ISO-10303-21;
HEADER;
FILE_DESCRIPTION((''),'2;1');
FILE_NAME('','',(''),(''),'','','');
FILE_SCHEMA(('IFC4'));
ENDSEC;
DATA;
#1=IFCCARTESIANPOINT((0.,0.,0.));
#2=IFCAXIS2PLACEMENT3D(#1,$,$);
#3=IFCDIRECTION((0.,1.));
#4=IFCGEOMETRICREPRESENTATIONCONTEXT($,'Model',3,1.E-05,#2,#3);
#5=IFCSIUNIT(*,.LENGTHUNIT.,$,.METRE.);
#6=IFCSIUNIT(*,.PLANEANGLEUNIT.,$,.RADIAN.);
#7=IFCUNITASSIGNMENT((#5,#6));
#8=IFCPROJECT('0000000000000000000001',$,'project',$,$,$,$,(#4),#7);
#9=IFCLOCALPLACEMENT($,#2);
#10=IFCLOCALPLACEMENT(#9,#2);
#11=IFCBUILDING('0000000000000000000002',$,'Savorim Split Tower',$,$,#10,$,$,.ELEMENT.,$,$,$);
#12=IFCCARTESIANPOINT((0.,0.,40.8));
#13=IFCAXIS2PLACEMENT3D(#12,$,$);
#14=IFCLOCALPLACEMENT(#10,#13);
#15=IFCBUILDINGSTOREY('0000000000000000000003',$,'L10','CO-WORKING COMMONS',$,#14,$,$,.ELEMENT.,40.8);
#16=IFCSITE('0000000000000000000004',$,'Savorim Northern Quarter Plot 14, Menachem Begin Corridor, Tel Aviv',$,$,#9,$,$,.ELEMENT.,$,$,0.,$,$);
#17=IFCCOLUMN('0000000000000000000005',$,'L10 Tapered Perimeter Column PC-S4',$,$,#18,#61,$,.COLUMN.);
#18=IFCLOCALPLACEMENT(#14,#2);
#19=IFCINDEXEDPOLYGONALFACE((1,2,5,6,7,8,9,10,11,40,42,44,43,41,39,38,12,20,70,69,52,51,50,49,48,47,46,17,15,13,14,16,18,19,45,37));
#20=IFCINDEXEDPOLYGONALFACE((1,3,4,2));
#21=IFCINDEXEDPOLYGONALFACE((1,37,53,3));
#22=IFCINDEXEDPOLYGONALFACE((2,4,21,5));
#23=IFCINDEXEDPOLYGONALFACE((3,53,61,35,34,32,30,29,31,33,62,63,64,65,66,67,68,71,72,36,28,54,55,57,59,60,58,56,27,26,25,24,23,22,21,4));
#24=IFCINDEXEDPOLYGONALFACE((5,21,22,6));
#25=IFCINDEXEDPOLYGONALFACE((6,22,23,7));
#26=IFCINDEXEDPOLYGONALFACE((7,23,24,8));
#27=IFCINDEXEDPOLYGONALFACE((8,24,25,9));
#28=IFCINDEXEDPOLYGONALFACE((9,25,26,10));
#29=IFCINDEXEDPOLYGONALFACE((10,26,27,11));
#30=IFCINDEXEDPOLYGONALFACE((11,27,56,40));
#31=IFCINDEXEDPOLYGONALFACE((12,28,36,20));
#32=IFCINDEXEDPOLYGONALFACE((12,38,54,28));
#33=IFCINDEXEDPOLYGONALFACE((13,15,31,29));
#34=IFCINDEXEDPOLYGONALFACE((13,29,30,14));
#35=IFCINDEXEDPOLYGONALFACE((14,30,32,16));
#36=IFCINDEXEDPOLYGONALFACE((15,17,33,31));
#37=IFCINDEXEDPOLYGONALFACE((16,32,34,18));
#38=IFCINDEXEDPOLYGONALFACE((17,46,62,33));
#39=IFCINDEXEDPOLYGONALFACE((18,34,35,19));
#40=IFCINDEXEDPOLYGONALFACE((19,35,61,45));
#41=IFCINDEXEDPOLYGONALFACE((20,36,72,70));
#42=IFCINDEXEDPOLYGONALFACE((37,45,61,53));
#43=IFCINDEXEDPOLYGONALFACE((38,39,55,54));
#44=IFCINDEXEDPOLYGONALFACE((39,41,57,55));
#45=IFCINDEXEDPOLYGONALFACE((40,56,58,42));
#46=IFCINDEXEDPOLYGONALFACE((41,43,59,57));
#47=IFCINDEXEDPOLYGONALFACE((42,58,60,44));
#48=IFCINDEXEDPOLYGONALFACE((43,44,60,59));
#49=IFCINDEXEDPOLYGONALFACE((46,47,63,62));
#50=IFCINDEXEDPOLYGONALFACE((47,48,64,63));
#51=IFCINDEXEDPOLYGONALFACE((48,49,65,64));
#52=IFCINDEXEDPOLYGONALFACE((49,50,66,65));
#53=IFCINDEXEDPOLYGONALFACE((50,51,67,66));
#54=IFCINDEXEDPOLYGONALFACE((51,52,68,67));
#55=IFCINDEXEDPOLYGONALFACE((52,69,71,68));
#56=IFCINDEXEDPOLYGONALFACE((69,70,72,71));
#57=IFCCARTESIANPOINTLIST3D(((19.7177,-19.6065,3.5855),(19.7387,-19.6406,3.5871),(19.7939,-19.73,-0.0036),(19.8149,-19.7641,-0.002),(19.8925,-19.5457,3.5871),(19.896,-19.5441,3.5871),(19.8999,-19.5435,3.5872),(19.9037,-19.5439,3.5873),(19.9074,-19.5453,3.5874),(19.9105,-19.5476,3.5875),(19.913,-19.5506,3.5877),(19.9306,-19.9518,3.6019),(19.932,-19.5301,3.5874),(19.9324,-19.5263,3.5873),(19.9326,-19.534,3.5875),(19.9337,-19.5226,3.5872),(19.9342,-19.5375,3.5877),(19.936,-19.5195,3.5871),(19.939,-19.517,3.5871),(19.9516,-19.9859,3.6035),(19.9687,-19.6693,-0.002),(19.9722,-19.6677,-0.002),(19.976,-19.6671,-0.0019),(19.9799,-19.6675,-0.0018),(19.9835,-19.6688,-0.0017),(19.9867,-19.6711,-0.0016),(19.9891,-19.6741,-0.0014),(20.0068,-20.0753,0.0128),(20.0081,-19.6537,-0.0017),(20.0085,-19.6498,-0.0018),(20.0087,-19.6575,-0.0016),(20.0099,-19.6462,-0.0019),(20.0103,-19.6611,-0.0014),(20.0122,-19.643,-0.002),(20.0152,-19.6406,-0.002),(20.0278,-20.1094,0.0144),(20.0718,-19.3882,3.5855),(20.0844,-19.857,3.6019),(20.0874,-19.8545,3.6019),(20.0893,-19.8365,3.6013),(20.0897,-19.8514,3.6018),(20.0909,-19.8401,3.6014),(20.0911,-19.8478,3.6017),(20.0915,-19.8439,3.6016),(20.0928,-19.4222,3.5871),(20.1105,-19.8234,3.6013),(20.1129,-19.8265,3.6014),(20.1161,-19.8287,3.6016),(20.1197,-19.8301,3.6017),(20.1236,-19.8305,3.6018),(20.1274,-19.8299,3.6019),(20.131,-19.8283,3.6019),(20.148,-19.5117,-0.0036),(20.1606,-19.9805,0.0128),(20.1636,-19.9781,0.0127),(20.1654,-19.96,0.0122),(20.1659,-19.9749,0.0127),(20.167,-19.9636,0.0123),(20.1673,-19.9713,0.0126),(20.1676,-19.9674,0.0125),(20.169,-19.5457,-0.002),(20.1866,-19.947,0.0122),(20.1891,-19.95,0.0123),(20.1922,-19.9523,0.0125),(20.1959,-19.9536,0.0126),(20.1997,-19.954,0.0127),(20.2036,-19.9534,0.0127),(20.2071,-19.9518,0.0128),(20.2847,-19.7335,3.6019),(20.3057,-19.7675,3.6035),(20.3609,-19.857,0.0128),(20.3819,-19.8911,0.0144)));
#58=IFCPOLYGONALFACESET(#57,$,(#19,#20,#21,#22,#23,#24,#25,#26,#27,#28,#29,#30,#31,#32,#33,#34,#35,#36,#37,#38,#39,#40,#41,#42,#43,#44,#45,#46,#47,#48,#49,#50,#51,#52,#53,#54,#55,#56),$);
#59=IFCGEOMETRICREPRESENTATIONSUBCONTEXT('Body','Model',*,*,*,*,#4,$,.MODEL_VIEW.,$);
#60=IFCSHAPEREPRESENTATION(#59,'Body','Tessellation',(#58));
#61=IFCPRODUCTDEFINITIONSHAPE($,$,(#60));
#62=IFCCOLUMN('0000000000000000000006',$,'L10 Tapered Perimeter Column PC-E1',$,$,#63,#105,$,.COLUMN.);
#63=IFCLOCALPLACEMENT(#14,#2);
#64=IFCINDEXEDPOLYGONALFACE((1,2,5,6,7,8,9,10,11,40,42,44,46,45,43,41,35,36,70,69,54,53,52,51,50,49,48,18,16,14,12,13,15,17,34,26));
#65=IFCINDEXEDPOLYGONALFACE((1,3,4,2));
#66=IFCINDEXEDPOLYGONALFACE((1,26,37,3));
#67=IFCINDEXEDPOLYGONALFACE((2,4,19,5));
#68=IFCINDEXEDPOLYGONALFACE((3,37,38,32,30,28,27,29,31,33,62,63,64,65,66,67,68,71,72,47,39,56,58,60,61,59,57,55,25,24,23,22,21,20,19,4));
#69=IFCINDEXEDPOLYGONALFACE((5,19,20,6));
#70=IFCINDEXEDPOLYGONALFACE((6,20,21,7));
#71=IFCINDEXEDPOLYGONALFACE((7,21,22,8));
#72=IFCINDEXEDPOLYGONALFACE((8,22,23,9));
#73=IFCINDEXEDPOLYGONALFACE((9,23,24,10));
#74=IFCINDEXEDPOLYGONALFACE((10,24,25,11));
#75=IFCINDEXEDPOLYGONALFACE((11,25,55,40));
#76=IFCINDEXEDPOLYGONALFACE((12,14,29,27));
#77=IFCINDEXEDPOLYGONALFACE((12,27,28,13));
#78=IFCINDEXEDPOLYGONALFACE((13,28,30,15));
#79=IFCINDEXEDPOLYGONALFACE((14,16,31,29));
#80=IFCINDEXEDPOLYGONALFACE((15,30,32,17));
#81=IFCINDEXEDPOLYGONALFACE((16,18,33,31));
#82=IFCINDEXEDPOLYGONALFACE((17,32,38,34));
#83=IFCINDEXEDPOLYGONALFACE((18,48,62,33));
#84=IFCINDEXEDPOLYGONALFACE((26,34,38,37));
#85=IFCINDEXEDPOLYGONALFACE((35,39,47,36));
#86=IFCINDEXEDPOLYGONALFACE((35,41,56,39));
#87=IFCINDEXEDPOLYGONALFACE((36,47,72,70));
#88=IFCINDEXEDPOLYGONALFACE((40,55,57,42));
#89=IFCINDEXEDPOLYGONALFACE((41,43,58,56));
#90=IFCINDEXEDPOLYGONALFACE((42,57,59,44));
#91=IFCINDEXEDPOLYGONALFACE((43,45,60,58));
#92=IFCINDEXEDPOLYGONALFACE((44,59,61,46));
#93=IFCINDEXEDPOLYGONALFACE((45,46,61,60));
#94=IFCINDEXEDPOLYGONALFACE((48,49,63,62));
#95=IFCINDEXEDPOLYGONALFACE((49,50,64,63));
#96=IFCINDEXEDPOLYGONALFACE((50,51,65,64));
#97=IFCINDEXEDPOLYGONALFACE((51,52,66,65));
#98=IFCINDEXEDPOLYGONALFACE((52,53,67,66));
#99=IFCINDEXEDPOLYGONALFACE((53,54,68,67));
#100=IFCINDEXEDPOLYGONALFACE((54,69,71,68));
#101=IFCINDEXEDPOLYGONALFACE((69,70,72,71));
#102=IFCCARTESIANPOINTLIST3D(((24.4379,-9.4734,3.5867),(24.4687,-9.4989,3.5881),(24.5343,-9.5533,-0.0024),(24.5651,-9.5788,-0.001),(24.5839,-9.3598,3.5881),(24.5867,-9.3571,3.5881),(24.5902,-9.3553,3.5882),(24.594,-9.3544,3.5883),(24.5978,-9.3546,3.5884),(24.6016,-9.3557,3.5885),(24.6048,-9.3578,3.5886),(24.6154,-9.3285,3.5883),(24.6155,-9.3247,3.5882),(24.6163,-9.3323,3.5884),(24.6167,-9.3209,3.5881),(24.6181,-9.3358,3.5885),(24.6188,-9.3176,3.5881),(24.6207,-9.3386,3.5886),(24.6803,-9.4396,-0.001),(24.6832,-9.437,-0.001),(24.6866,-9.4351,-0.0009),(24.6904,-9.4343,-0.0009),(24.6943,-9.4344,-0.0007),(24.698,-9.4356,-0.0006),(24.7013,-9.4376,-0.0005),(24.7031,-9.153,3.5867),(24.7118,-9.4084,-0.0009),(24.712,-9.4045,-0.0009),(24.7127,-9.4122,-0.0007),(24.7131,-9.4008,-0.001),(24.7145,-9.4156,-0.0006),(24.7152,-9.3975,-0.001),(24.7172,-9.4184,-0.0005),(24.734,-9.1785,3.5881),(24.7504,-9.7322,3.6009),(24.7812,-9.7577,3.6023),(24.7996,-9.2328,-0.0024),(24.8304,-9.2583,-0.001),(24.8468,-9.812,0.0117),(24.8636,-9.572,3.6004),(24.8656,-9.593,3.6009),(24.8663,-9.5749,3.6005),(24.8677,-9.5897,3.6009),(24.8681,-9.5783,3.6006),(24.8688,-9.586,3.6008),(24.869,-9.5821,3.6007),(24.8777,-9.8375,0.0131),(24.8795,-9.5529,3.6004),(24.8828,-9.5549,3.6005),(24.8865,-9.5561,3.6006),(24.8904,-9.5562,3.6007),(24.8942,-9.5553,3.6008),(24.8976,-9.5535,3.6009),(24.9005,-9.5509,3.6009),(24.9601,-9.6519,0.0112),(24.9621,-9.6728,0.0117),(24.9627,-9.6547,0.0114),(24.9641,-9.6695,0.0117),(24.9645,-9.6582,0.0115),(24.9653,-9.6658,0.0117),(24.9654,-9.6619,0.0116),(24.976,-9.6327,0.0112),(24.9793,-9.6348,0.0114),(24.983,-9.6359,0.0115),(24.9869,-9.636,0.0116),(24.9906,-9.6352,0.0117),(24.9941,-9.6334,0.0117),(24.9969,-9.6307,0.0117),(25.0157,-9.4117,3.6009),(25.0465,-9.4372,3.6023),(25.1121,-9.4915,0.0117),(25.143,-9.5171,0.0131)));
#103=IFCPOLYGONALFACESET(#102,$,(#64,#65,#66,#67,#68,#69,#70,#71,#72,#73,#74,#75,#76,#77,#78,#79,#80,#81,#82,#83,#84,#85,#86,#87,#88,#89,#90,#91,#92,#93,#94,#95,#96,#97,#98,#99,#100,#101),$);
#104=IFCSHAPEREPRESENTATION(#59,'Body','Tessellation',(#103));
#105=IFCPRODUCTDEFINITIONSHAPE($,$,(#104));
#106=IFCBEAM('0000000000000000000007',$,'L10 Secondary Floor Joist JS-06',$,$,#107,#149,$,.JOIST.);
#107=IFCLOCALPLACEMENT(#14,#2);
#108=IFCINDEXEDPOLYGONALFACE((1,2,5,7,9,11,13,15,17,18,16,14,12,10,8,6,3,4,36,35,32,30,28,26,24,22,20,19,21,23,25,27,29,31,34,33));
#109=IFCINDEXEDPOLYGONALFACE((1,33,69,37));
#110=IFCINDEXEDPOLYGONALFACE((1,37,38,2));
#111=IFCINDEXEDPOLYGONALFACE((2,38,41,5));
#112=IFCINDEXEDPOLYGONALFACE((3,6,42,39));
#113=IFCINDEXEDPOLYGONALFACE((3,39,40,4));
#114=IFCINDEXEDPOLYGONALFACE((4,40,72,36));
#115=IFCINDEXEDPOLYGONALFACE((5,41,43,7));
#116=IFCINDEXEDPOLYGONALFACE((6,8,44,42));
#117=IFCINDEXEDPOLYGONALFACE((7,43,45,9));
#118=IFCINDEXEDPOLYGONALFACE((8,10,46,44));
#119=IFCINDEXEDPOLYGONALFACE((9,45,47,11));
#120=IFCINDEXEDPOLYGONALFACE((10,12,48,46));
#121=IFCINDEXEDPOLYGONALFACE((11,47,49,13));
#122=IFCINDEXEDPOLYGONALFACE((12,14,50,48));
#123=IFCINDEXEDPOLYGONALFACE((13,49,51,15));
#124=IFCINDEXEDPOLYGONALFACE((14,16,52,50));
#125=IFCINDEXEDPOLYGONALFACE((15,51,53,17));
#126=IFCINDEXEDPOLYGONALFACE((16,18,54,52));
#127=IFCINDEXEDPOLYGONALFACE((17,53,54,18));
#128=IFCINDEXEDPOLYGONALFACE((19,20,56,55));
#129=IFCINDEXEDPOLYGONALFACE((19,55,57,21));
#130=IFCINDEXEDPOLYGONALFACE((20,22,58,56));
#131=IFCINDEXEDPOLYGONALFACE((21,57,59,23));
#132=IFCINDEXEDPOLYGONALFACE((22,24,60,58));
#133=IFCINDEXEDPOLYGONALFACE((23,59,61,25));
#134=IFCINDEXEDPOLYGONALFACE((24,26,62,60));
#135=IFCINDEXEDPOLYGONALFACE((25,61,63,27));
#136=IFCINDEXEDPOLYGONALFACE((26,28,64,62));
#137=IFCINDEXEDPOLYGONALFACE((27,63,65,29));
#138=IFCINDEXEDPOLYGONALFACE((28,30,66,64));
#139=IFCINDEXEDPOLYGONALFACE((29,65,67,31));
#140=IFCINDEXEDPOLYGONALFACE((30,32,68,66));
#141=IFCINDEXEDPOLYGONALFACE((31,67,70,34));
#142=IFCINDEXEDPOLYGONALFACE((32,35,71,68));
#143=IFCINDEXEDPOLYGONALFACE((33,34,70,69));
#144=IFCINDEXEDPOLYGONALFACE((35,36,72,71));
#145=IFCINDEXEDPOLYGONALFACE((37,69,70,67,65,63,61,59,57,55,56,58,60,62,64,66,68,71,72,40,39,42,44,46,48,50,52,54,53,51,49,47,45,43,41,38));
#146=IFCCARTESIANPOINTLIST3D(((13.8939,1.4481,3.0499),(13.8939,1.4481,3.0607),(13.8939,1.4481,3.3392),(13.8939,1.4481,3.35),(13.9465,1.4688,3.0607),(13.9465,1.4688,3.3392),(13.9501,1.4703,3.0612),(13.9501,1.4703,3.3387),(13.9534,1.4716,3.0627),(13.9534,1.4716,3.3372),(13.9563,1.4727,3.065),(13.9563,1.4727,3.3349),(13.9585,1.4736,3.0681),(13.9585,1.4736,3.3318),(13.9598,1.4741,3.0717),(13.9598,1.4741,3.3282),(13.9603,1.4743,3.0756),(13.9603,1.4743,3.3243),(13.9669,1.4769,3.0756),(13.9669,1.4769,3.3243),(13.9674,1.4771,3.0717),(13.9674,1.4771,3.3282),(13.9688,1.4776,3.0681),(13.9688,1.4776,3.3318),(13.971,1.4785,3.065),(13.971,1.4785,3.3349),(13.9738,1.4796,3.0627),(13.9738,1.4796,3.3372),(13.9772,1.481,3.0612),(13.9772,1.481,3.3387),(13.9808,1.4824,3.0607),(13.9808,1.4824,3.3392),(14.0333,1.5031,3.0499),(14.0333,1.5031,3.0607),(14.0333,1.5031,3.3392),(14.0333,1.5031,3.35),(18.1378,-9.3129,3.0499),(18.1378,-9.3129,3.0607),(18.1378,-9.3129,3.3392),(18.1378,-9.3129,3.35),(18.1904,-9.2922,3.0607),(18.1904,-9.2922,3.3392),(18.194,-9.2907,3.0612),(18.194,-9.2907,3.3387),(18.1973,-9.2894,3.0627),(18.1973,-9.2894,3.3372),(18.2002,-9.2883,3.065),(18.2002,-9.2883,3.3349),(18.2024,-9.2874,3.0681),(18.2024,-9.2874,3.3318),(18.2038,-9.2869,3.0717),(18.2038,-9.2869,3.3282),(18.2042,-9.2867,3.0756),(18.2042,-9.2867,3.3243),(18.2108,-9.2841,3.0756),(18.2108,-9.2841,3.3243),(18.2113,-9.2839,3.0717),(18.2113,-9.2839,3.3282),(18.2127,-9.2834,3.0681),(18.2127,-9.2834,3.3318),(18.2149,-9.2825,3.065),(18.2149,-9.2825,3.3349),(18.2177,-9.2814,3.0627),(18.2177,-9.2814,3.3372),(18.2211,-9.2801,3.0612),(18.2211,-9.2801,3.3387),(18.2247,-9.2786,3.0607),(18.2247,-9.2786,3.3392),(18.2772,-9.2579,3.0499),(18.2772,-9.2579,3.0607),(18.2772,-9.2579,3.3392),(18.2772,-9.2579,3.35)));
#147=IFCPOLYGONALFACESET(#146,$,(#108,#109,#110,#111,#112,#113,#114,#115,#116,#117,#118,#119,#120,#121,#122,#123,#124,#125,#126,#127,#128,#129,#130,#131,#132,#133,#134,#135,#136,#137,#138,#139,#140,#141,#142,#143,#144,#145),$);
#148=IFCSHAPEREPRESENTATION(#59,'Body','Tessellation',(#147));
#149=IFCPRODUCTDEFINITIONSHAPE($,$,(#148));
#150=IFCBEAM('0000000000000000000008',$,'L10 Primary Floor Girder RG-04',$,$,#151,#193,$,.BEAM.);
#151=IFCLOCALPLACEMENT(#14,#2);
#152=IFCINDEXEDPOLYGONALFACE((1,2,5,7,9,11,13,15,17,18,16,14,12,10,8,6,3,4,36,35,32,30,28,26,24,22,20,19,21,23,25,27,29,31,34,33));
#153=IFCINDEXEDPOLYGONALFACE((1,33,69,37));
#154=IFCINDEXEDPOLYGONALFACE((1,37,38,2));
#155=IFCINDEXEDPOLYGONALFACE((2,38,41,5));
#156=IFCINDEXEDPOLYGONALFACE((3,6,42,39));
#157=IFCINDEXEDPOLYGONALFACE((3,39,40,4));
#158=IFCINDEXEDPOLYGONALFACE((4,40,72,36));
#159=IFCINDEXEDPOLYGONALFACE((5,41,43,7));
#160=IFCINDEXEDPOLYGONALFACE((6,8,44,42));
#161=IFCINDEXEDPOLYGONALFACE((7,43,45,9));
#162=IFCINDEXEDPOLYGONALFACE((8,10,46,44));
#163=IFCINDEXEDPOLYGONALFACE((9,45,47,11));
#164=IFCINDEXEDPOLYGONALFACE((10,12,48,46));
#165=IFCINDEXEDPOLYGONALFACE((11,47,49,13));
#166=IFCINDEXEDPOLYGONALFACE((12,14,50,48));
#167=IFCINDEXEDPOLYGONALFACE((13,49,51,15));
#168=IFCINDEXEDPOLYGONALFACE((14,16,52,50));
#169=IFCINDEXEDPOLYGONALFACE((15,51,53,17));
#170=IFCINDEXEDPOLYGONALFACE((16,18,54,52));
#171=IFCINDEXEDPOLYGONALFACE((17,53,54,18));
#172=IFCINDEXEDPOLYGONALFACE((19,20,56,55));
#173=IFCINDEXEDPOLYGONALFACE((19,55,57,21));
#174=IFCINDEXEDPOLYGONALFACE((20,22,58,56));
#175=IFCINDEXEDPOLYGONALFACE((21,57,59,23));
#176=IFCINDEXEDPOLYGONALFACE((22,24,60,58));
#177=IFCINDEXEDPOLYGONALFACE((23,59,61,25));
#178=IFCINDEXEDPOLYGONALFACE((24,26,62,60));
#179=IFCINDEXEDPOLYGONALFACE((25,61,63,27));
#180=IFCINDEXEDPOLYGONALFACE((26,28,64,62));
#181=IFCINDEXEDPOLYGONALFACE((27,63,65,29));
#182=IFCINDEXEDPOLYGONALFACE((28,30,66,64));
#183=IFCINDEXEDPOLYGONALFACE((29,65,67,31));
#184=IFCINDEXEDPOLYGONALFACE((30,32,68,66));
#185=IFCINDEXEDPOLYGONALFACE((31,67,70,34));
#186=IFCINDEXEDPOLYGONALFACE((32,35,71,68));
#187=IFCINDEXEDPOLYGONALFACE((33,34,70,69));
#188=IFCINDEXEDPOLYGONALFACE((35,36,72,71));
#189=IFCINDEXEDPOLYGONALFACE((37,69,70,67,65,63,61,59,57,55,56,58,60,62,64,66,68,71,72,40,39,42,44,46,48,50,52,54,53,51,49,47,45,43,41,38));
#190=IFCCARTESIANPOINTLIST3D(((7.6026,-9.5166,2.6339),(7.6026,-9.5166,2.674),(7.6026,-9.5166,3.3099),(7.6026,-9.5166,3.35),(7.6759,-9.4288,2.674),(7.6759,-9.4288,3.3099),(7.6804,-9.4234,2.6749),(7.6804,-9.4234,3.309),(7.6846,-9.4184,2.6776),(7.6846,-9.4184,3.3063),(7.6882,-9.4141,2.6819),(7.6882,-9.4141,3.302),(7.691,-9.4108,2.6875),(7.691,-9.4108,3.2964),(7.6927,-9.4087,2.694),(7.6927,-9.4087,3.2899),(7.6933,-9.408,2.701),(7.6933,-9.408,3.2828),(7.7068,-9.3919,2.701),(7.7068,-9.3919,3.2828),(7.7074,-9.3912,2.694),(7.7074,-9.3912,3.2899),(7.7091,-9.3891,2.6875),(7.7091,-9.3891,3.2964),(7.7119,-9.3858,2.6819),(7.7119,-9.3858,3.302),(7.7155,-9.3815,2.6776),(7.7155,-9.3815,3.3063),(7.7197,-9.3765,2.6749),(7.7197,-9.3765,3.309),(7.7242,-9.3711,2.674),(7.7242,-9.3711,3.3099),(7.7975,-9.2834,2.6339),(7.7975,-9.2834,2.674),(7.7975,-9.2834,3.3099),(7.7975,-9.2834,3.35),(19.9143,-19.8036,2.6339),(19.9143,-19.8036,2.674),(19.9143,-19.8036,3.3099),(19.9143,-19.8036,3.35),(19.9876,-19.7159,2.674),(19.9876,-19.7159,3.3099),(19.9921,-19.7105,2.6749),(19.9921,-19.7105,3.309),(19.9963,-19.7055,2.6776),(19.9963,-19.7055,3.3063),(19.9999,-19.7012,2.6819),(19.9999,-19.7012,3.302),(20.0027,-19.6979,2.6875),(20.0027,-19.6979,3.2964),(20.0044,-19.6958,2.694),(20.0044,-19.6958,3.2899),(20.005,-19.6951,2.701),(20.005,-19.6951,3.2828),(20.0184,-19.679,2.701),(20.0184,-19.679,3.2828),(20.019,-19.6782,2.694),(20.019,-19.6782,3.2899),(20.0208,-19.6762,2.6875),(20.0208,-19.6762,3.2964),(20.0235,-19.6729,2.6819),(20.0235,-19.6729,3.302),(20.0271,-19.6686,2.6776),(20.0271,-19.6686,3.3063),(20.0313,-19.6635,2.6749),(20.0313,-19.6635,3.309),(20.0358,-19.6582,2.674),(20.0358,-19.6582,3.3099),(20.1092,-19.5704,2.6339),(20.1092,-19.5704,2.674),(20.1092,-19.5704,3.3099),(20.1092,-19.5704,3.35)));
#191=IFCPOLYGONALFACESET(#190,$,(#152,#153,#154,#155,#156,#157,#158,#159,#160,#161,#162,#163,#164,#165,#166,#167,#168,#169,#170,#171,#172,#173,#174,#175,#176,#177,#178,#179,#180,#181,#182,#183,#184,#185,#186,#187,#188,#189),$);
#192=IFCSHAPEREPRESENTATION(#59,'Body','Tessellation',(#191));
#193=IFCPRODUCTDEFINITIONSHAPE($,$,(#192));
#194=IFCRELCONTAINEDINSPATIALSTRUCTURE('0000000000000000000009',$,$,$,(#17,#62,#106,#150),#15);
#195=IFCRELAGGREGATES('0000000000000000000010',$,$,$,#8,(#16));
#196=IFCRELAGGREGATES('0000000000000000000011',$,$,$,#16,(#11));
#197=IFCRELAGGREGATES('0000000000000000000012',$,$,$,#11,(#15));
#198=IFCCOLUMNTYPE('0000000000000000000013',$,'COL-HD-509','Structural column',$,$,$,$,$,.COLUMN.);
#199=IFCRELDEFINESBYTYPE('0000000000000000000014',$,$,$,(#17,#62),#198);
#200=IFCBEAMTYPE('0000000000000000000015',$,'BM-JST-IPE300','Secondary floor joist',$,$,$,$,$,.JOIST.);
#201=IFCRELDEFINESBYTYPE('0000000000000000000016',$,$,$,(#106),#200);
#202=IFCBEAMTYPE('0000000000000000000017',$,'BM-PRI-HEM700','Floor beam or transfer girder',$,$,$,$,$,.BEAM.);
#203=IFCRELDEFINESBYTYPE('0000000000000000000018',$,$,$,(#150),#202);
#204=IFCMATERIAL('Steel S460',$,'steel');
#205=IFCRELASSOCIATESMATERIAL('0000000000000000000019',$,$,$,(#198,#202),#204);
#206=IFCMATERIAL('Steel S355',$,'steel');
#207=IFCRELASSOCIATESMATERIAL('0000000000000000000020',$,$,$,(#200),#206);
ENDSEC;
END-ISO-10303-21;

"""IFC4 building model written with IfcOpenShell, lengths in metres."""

from ifc_helpers import new_model, si_unit, direction, frame, origin, origin_2d, place, context, subcontext, project, spatial, i_section, extrude, material, material_profile, profile_set, type_object, element, save


model = new_model("IFC4")

# Units and contexts
model_context = context("Model", 3, precision=1e-05, world=origin(), true_north=direction((0.0, 1.0)))
body_context = subcontext(model_context, "Body", "Model", "MODEL_VIEW")
ifc_project = project(units=[si_unit("LENGTHUNIT", "METRE"), si_unit("PLANEANGLEUNIT", "RADIAN")], contexts=[model_context])

# Site, building, storey
site_placement = place(None, origin())
site = spatial("IfcSite", under=ifc_project, at=site_placement, Name="Savorim Northern Quarter Plot 14, Menachem Begin Corridor, Tel Aviv", CompositionType="ELEMENT", RefElevation=0.0)
building_placement = place(site_placement, origin())
building = spatial("IfcBuilding", under=site, at=building_placement, Name="Savorim Split Tower", CompositionType="ELEMENT")
storey_placement = place(building_placement, frame((0.0, 0.0, 40.8)))
storey = spatial("IfcBuildingStorey", under=building, at=storey_placement, Name="L10", Description="CO-WORKING COMMONS", CompositionType="ELEMENT", Elevation=40.8)

# Columns
ifc_material_1 = material(Name="Steel S460", Category="steel")
ifc_material_profile_1 = material_profile(ifc_material_1, i_section(OverallWidth=0.416, OverallDepth=0.446, WebThickness=0.0249, FlangeThickness=0.04, FilletRadius=0.0149, at=origin_2d()), Name="HD 400x509")
ifc_profile_set_1 = profile_set([ifc_material_profile_1], Name="Steel S460")
column_type = type_object("IfcColumnType", Name="COL-HD-509", Description="Structural column", PredefinedType="COLUMN", material=ifc_profile_set_1)
column_1_placement = place(storey_placement, frame((20.0879, -19.8105, 0.0054), z_axis=(-0.021206, 0.034391, 0.999183), x_axis=(-0.851196, -0.524848, 0.0)))
element("IfcColumn", 1, at=column_1_placement, inside=storey, type_object=column_type, Name="L10 Tapered Perimeter Column PC-S4", PredefinedType="COLUMN", context=body_context, shape_type="SweptSolid", body=[
    extrude(i_section(OverallWidth=0.416, OverallDepth=0.446, WebThickness=0.0249, FlangeThickness=0.04, FilletRadius=0.0149, at=origin_2d()), origin(), (0.0, 0.0, 1.0), 3.592),
])
column_2_placement = place(storey_placement, frame((24.8386, -9.5352, 0.0054), z_axis=(-0.026853, 0.02223, 0.999392), x_axis=(-0.637687, -0.770295, 0.0)))
element("IfcColumn", 2, at=column_2_placement, inside=storey, type_object=column_type, Name="L10 Tapered Perimeter Column PC-E1", PredefinedType="COLUMN", context=body_context, shape_type="SweptSolid", body=[
    extrude(i_section(OverallWidth=0.416, OverallDepth=0.446, WebThickness=0.0249, FlangeThickness=0.04, FilletRadius=0.0149, at=origin_2d()), origin(), (0.0, 0.0, 1.0), 3.5913),
])

# Beams
ifc_material_2 = material(Name="Steel S355", Category="steel")
ifc_material_profile_2 = material_profile(ifc_material_2, i_section(OverallWidth=0.1499, OverallDepth=0.3, WebThickness=0.0071, FlangeThickness=0.0107, FilletRadius=0.0149, at=origin_2d()), Name="IPE 300")
ifc_profile_set_2 = profile_set([ifc_material_profile_2], Name="Steel S355")
beam_type_1 = type_object("IfcBeamType", Name="BM-JST-IPE300", Description="Secondary floor joist", PredefinedType="JOIST", material=ifc_profile_set_2)
beam_1_placement = place(storey_placement, frame((18.2075, -9.2854, 3.2), z_axis=(-0.366878, 0.930269, 0.0), x_axis=(-0.930269, -0.366878, 0.0)))
element("IfcBeam", 3, at=beam_1_placement, inside=storey, type_object=beam_type_1, Name="L10 Secondary Floor Joist JS-06", PredefinedType="JOIST", context=body_context, shape_type="SweptSolid", body=[
    extrude(i_section(OverallWidth=0.1499, OverallDepth=0.3, WebThickness=0.0071, FlangeThickness=0.0107, FilletRadius=0.0149, at=origin_2d()), origin(), (0.0, 0.0, 1.0), 11.5676),
])
ifc_material_profile_3 = material_profile(ifc_material_1, i_section(OverallWidth=0.304, OverallDepth=0.7161, WebThickness=0.021, FlangeThickness=0.04, FilletRadius=0.0271, at=origin_2d()), Name="HE 700 M")
ifc_profile_set_3 = profile_set([ifc_material_profile_3], Name="Steel S460")
beam_type_2 = type_object("IfcBeamType", Name="BM-PRI-HEM700", Description="Floor beam or transfer girder", PredefinedType="BEAM", material=ifc_profile_set_3)
beam_2_placement = place(storey_placement, frame((20.0117, -19.687, 2.9919), z_axis=(-0.767384, 0.641188, 0.0), x_axis=(-0.641188, -0.767384, 0.0)))
element("IfcBeam", 4, at=beam_2_placement, inside=storey, type_object=beam_type_2, Name="L10 Primary Floor Girder RG-04", PredefinedType="BEAM", context=body_context, shape_type="SweptSolid", body=[
    extrude(i_section(OverallWidth=0.304, OverallDepth=0.7161, WebThickness=0.021, FlangeThickness=0.04, FilletRadius=0.0271, at=origin_2d()), origin(), (0.0, 0.0, 1.0), 16.0437),
])

save(model, "model.ifc")
